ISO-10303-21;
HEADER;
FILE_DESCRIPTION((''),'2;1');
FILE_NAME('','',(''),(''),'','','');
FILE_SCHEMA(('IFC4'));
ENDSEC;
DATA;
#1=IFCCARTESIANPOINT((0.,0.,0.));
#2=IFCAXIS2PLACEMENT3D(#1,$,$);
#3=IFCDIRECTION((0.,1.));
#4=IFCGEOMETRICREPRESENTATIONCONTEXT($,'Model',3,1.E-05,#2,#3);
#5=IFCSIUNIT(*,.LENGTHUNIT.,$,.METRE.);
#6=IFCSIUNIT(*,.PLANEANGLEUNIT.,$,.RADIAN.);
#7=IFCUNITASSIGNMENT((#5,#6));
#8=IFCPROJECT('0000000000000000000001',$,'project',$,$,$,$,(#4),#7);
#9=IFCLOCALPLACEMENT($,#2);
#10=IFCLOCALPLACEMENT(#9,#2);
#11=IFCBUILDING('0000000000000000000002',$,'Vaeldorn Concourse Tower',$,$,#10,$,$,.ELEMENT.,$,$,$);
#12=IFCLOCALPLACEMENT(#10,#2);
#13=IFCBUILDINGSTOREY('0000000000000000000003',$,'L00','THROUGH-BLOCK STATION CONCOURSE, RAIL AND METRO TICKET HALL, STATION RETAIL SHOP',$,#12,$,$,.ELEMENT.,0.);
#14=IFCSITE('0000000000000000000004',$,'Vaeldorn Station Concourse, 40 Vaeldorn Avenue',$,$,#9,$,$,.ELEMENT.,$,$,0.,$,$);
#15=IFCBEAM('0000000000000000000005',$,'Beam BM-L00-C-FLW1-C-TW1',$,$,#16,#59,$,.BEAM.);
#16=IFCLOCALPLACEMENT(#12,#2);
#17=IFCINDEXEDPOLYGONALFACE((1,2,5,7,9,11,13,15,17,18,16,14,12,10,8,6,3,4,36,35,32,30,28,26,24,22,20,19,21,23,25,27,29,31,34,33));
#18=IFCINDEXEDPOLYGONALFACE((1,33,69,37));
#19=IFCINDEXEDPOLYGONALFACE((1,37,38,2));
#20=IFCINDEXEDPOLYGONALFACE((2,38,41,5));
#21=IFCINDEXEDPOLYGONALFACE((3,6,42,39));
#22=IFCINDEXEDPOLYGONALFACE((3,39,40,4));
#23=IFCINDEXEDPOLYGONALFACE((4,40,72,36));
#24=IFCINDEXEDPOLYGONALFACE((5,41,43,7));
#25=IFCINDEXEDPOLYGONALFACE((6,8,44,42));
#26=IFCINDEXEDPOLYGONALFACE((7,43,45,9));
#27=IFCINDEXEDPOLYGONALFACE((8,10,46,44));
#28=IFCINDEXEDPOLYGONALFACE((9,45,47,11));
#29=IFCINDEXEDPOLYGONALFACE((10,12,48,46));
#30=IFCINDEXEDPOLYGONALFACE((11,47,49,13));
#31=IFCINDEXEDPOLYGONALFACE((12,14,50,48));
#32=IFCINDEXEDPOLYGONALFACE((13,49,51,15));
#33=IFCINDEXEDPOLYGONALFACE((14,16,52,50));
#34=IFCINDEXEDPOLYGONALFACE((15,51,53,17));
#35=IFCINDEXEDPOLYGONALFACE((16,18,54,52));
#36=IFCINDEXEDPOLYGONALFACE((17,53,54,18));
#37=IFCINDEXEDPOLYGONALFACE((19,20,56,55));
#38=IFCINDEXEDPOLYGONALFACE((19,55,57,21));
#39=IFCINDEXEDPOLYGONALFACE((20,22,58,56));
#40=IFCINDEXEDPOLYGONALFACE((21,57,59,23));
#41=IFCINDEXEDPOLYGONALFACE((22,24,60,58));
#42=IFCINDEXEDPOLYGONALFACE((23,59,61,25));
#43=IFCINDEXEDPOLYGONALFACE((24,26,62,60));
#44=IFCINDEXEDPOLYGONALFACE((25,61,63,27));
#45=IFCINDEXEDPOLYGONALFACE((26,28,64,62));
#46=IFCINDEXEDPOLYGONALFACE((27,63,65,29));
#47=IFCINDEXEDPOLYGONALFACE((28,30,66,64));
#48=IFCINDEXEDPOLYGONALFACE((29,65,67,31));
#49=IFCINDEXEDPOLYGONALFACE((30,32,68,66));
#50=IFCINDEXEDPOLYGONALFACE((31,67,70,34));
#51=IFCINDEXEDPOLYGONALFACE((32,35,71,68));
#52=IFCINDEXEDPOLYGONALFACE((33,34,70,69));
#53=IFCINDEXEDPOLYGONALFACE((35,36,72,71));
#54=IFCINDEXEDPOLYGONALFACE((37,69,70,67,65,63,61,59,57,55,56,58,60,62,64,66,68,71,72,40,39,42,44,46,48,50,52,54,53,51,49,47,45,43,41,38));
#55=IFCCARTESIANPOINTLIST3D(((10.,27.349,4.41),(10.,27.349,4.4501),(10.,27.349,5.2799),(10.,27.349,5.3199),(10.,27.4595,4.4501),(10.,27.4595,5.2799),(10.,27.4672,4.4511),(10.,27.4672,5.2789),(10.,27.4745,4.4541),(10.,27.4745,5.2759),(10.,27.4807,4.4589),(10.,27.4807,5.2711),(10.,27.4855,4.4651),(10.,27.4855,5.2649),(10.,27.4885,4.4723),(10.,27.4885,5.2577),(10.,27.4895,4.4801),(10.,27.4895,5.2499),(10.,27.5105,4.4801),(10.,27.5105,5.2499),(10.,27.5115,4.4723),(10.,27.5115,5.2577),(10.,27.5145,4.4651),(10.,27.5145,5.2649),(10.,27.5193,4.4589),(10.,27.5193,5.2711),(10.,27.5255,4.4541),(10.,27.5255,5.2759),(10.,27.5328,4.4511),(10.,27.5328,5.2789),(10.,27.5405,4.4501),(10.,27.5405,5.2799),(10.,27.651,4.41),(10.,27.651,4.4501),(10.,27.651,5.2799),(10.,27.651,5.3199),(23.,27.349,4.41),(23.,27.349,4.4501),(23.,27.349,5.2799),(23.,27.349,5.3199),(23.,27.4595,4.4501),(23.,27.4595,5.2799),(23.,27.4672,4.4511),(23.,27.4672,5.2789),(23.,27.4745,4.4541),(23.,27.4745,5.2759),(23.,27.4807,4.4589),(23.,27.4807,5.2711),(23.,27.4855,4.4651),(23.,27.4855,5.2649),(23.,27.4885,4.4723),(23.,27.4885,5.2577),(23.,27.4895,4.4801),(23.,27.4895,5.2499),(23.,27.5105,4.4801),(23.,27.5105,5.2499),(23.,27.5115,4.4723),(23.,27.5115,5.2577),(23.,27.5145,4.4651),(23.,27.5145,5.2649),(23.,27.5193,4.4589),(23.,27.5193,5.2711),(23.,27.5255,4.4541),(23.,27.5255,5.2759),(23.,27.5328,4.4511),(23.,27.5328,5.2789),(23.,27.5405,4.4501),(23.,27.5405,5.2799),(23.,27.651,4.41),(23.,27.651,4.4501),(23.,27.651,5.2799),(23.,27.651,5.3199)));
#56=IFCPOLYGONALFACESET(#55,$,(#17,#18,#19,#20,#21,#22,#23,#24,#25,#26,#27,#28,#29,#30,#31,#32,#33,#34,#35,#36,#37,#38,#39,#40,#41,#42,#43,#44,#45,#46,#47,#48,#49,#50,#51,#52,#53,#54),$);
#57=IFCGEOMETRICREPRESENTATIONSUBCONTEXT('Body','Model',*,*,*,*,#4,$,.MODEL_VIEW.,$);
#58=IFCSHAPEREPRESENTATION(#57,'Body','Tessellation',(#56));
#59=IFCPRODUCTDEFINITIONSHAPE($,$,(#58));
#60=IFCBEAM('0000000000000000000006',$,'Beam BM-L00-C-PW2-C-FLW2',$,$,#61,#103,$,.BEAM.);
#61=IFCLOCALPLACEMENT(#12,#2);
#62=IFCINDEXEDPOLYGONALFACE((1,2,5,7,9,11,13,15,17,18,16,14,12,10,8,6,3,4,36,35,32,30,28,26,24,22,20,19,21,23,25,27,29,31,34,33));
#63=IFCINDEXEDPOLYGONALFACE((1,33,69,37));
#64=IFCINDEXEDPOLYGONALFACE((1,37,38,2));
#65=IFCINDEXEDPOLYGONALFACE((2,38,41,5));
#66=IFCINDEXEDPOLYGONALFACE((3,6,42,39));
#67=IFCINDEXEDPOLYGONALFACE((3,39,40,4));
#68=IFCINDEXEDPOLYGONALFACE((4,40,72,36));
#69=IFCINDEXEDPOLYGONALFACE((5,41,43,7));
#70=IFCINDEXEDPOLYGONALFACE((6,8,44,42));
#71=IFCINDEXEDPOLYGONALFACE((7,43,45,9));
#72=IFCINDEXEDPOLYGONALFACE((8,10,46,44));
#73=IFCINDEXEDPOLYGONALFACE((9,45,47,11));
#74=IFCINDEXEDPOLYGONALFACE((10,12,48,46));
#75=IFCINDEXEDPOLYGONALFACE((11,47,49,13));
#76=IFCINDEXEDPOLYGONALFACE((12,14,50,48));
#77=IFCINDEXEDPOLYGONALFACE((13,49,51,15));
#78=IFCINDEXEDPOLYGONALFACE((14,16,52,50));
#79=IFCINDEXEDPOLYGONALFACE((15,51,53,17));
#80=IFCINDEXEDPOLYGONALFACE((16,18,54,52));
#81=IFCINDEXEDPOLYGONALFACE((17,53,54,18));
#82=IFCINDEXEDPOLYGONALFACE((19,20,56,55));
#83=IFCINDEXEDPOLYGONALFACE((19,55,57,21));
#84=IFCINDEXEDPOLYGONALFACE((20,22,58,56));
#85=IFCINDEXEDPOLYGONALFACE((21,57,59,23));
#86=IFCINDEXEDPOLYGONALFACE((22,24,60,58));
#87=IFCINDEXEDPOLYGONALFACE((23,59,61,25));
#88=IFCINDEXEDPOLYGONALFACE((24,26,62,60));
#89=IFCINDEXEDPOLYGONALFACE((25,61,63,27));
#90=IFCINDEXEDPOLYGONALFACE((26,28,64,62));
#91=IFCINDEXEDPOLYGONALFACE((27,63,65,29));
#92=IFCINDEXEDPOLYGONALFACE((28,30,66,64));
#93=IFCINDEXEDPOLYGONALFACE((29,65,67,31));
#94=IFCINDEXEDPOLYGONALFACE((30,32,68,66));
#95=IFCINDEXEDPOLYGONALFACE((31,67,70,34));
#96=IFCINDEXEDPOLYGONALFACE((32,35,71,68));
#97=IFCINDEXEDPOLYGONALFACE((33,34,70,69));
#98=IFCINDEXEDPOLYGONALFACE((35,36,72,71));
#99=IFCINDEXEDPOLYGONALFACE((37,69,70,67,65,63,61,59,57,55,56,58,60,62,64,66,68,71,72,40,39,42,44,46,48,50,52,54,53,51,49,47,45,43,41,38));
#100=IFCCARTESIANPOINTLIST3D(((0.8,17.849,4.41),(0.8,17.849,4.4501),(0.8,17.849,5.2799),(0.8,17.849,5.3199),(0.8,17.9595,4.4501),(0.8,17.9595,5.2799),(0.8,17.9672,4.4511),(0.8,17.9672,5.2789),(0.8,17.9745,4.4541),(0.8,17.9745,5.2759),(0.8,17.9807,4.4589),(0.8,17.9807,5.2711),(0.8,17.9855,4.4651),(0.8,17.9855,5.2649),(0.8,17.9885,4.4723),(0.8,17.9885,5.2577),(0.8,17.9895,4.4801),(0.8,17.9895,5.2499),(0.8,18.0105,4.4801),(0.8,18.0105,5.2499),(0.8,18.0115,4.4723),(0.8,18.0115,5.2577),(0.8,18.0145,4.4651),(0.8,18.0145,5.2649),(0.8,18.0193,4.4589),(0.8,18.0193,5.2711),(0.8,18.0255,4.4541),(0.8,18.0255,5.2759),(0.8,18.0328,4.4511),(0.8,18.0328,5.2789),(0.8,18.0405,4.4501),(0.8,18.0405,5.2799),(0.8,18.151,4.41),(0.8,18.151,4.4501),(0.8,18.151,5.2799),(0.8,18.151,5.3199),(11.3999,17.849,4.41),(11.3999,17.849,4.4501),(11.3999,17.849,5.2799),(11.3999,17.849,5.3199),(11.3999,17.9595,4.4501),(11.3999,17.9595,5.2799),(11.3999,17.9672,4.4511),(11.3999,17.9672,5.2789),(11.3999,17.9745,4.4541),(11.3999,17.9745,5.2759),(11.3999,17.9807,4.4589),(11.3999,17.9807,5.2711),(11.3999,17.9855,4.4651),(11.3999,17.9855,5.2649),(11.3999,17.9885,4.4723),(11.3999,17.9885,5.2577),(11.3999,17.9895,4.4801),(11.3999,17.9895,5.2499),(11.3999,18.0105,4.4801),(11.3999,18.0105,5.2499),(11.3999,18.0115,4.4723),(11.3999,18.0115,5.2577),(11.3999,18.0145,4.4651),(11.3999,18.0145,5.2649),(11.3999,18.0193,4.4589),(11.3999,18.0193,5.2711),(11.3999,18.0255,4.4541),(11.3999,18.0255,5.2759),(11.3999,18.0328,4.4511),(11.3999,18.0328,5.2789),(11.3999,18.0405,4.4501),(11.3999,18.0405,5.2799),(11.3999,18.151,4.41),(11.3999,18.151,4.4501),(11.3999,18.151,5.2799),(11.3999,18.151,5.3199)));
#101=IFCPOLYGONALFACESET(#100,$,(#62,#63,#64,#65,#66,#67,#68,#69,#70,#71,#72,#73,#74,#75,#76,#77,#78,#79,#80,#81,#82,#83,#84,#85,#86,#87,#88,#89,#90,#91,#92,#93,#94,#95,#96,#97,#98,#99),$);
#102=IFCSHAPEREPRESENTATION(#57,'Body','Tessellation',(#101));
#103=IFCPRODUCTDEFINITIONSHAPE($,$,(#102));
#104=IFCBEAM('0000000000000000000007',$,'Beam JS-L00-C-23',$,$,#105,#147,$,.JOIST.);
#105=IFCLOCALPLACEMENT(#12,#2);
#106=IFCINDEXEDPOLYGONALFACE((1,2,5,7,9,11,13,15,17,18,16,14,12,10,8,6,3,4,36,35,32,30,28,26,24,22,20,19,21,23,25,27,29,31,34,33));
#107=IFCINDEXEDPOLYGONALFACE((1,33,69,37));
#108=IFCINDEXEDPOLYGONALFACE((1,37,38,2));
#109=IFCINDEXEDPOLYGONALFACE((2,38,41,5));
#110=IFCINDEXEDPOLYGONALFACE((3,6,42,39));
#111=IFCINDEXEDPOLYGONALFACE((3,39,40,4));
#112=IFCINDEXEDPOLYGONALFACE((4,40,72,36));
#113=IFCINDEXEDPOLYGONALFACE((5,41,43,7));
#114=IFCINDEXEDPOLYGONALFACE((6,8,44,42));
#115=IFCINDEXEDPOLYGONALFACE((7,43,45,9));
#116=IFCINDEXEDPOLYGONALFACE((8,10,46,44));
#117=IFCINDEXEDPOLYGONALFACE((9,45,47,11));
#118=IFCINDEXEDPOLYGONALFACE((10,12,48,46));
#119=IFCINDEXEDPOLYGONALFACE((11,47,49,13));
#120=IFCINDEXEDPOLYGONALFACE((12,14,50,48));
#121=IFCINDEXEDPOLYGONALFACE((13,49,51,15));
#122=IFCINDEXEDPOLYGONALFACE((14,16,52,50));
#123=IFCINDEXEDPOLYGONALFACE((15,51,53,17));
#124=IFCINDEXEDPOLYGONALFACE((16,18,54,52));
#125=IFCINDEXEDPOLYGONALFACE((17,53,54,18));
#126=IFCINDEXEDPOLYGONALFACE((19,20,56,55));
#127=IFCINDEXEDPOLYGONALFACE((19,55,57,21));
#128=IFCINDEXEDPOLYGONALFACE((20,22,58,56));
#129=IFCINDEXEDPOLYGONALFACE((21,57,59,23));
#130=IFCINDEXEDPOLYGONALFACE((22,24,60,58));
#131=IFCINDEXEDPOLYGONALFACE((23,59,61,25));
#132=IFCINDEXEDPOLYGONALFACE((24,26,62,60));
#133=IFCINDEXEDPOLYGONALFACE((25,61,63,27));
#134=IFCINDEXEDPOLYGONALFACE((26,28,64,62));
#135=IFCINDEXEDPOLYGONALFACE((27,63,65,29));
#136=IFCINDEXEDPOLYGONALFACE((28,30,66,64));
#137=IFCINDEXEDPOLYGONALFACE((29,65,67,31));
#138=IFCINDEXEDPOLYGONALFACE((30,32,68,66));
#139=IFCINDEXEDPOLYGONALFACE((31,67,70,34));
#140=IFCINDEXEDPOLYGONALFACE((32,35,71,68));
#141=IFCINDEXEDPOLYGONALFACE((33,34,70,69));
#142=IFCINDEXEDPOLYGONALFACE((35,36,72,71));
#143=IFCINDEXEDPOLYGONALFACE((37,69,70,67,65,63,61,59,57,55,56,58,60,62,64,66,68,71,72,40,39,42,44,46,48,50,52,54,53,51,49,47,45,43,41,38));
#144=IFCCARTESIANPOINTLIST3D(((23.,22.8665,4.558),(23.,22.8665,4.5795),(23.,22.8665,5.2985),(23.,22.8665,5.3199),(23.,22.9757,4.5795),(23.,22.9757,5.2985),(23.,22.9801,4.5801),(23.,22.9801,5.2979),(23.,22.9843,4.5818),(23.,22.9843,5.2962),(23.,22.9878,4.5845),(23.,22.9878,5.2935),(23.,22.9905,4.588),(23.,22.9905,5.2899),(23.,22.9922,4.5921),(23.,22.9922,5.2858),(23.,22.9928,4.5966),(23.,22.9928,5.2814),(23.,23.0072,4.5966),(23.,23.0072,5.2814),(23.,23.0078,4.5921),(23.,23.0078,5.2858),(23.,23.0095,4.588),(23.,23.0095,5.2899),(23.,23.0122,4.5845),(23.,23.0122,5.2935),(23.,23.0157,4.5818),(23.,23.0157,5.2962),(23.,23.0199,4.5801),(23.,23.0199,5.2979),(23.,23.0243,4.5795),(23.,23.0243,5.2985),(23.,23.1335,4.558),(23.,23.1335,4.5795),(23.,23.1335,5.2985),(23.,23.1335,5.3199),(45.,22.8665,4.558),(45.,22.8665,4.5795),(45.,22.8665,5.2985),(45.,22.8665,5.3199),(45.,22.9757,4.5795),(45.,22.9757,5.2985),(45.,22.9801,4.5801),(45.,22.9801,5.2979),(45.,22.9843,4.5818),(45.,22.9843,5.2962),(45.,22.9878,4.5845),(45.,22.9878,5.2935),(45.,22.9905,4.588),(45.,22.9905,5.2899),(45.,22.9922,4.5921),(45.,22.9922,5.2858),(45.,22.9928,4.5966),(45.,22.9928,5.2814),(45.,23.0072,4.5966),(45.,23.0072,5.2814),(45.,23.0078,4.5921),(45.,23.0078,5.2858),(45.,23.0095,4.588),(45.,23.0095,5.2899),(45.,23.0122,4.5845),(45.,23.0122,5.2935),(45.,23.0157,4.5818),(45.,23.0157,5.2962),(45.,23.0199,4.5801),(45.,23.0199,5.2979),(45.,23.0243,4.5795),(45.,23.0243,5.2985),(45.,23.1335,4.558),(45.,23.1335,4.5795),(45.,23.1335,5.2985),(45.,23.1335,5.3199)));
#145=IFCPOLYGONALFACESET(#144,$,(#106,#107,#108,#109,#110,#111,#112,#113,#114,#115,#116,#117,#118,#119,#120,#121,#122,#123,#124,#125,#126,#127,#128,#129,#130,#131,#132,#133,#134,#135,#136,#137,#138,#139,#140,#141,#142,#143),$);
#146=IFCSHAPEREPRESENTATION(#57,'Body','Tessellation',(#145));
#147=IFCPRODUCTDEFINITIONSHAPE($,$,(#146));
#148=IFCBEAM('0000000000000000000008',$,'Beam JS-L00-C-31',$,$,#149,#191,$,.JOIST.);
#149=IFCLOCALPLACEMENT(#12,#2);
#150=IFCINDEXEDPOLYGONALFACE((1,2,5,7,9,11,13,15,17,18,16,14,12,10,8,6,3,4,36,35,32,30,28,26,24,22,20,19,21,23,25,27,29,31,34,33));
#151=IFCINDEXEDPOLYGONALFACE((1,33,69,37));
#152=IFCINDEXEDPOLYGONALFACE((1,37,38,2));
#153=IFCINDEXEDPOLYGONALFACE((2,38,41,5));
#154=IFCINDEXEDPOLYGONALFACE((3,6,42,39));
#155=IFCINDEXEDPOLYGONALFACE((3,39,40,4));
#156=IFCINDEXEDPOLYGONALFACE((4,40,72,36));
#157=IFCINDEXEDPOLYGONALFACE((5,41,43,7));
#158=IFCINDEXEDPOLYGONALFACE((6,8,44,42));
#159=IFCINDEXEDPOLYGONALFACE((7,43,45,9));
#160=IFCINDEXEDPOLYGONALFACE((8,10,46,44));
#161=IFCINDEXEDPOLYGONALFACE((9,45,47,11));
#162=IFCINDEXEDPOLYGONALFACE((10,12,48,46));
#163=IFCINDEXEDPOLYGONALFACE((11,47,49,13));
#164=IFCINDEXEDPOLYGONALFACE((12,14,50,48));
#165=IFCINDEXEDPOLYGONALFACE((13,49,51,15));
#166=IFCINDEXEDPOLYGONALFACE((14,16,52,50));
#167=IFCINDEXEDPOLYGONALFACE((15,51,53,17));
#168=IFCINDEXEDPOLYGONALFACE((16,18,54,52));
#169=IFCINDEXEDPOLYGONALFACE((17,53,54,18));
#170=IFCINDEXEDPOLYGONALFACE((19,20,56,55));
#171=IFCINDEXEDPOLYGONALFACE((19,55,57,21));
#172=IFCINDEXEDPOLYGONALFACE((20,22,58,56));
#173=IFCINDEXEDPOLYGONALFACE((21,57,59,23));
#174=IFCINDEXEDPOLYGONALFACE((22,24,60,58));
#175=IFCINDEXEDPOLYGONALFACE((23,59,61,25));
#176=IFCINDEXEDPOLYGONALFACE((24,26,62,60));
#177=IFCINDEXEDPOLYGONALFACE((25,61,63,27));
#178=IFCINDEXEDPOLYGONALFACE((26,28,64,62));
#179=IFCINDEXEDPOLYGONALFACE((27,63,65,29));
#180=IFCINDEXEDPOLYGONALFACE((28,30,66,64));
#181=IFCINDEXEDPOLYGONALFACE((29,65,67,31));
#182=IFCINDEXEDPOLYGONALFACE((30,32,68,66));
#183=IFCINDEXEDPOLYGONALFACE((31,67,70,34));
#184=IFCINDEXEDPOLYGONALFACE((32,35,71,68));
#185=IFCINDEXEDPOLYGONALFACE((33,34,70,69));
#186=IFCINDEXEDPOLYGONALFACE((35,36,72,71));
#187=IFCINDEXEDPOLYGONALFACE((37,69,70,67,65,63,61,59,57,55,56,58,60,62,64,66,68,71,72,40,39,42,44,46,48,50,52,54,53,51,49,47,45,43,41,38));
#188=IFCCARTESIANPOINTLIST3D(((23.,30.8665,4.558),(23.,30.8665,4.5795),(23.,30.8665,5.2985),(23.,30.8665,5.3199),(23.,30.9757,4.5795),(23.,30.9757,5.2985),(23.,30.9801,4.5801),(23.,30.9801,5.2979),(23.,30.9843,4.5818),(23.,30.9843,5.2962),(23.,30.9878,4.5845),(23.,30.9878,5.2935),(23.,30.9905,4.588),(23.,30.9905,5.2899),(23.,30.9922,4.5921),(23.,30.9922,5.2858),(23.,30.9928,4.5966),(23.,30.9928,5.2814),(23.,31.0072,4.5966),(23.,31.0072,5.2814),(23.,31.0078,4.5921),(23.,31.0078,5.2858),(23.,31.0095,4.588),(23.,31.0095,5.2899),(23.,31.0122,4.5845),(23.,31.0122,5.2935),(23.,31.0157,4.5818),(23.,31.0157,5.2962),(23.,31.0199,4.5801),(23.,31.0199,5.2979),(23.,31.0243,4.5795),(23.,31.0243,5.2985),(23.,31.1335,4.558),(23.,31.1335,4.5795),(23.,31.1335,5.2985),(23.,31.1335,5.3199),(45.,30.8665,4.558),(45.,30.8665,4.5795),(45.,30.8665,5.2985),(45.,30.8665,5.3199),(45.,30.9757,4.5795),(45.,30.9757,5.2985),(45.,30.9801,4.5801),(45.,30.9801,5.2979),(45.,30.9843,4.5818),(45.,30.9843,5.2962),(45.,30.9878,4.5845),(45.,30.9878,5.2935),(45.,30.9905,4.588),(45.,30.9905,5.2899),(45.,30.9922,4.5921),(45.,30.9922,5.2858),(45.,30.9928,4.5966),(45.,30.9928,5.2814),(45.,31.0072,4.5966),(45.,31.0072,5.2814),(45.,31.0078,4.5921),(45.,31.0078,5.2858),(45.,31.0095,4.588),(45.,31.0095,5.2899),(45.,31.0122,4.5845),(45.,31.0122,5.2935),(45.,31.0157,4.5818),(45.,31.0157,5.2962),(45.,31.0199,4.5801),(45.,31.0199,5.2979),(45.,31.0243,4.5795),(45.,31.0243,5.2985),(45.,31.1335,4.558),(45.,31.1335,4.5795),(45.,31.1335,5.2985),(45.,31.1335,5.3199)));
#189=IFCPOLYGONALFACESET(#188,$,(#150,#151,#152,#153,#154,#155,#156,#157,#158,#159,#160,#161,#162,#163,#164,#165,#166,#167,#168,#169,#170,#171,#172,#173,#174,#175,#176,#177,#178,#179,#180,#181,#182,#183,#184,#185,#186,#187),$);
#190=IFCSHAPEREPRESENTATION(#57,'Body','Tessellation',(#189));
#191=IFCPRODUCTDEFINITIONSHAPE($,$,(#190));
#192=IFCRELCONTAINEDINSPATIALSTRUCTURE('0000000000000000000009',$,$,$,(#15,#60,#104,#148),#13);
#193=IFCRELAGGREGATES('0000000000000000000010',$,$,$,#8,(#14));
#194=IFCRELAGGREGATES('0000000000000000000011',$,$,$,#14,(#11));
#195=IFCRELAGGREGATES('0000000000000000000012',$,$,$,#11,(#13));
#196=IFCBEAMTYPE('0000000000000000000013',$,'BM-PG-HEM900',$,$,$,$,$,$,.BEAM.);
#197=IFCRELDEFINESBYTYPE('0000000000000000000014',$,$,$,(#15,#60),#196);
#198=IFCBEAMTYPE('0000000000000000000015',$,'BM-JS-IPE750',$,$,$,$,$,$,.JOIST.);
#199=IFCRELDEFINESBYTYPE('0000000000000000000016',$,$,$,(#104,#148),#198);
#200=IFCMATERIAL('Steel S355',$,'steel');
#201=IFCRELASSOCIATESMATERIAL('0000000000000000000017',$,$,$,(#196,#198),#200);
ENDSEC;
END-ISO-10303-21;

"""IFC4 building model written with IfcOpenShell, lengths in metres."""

from ifc_helpers import new_model, si_unit, direction, frame, origin, origin_2d, place, context, subcontext, project, spatial, i_section, extrude, source, transform, mapped, material, material_profile, profile_set, type_object, element, save


model = new_model("IFC4")

# Units and contexts
model_context = context("Model", 3, precision=1e-05, world=origin(), true_north=direction((0.0, 1.0)))
body_context = subcontext(model_context, "Body", "Model", "MODEL_VIEW")
ifc_project = project(units=[si_unit("LENGTHUNIT", "METRE"), si_unit("PLANEANGLEUNIT", "RADIAN")], contexts=[model_context])

# Site, building, storey
site_placement = place(None, origin())
site = spatial("IfcSite", under=ifc_project, at=site_placement, Name="Vaeldorn Station Concourse, 40 Vaeldorn Avenue", CompositionType="ELEMENT", RefElevation=0.0)
building_placement = place(site_placement, origin())
building = spatial("IfcBuilding", under=site, at=building_placement, Name="Vaeldorn Concourse Tower", CompositionType="ELEMENT")
storey_placement = place(building_placement, origin())
storey = spatial("IfcBuildingStorey", under=building, at=storey_placement, Name="L00", Description="THROUGH-BLOCK STATION CONCOURSE, RAIL AND METRO TICKET HALL, STATION RETAIL SHOP", CompositionType="ELEMENT", Elevation=0.0)

# Beams
ifc_material_1 = material(Name="Steel S355", Category="steel")
ifc_material_profile_1 = material_profile(ifc_material_1, i_section(OverallWidth=0.302, OverallDepth=0.9099, WebThickness=0.021, FlangeThickness=0.04, FilletRadius=0.03, at=origin_2d()), Name="HEM 900")
ifc_profile_set_1 = profile_set([ifc_material_profile_1], Name="Steel S355")
beam_type_1 = type_object("IfcBeamType", Name="BM-PG-HEM900", PredefinedType="BEAM", material=ifc_profile_set_1)
shared_shape_1 = source(origin(), body_context, "Body", "SweptSolid", [
    extrude(i_section(OverallWidth=0.302, OverallDepth=0.9099, WebThickness=0.021, FlangeThickness=0.04, FilletRadius=0.03, at=origin_2d()), origin(), (0.0, 0.0, 1.0), 13.0),
])
beam_1_placement = place(storey_placement, frame((10.0, 27.5, 4.865), z_axis=(1.0, 0.0, 0.0), x_axis=(0.0, 1.0, 0.0)))
element("IfcBeam", 1, at=beam_1_placement, inside=storey, type_object=beam_type_1, Name="Beam BM-L00-C-FLW1-C-TW1", PredefinedType="BEAM", context=body_context, shape_type="MappedRepresentation", body=[
    mapped(shared_shape_1, transform((0.0, 0.0, 0.0), scale=1.0)),
])
shared_shape_2 = source(origin(), body_context, "Body", "SweptSolid", [
    extrude(i_section(OverallWidth=0.302, OverallDepth=0.9099, WebThickness=0.021, FlangeThickness=0.04, FilletRadius=0.03, at=origin_2d()), origin(), (0.0, 0.0, 1.0), 10.5999),
])
beam_2_placement = place(storey_placement, frame((0.8, 18.0, 4.865), z_axis=(1.0, 0.0, 0.0), x_axis=(0.0, 1.0, 0.0)))
element("IfcBeam", 2, at=beam_2_placement, inside=storey, type_object=beam_type_1, Name="Beam BM-L00-C-PW2-C-FLW2", PredefinedType="BEAM", context=body_context, shape_type="MappedRepresentation", body=[
    mapped(shared_shape_2, transform((0.0, 0.0, 0.0), scale=1.0)),
])
ifc_material_profile_2 = material_profile(ifc_material_1, i_section(OverallWidth=0.2671, OverallDepth=0.762, WebThickness=0.0144, FlangeThickness=0.0215, FilletRadius=0.0171, at=origin_2d()), Name="IPE 750x173")
ifc_profile_set_2 = profile_set([ifc_material_profile_2], Name="Steel S355")
beam_type_2 = type_object("IfcBeamType", Name="BM-JS-IPE750", PredefinedType="JOIST", material=ifc_profile_set_2)
shared_shape_3 = source(origin(), body_context, "Body", "SweptSolid", [
    extrude(i_section(OverallWidth=0.2671, OverallDepth=0.762, WebThickness=0.0144, FlangeThickness=0.0215, FilletRadius=0.0171, at=origin_2d()), origin(), (0.0, 0.0, 1.0), 22.0),
])
for number, where, z_axis, x_axis, name in (
    (3, (23.0, 23.0, 4.939), (1.0, 0.0, 0.0), (0.0, 1.0, 0.0), "Beam JS-L00-C-23"),
    (4, (23.0, 31.0, 4.939), (1.0, 0.0, 0.0), (0.0, 1.0, 0.0), "Beam JS-L00-C-31"),
):
    element("IfcBeam", number, at=place(storey_placement, frame(where, z_axis=z_axis, x_axis=x_axis)), inside=storey, type_object=beam_type_2, Name=name, PredefinedType="JOIST", context=body_context, shape_type="MappedRepresentation", body=[
        mapped(shared_shape_3, transform((0.0, 0.0, 0.0), scale=1.0)),
    ])

save(model, "model.ifc")
